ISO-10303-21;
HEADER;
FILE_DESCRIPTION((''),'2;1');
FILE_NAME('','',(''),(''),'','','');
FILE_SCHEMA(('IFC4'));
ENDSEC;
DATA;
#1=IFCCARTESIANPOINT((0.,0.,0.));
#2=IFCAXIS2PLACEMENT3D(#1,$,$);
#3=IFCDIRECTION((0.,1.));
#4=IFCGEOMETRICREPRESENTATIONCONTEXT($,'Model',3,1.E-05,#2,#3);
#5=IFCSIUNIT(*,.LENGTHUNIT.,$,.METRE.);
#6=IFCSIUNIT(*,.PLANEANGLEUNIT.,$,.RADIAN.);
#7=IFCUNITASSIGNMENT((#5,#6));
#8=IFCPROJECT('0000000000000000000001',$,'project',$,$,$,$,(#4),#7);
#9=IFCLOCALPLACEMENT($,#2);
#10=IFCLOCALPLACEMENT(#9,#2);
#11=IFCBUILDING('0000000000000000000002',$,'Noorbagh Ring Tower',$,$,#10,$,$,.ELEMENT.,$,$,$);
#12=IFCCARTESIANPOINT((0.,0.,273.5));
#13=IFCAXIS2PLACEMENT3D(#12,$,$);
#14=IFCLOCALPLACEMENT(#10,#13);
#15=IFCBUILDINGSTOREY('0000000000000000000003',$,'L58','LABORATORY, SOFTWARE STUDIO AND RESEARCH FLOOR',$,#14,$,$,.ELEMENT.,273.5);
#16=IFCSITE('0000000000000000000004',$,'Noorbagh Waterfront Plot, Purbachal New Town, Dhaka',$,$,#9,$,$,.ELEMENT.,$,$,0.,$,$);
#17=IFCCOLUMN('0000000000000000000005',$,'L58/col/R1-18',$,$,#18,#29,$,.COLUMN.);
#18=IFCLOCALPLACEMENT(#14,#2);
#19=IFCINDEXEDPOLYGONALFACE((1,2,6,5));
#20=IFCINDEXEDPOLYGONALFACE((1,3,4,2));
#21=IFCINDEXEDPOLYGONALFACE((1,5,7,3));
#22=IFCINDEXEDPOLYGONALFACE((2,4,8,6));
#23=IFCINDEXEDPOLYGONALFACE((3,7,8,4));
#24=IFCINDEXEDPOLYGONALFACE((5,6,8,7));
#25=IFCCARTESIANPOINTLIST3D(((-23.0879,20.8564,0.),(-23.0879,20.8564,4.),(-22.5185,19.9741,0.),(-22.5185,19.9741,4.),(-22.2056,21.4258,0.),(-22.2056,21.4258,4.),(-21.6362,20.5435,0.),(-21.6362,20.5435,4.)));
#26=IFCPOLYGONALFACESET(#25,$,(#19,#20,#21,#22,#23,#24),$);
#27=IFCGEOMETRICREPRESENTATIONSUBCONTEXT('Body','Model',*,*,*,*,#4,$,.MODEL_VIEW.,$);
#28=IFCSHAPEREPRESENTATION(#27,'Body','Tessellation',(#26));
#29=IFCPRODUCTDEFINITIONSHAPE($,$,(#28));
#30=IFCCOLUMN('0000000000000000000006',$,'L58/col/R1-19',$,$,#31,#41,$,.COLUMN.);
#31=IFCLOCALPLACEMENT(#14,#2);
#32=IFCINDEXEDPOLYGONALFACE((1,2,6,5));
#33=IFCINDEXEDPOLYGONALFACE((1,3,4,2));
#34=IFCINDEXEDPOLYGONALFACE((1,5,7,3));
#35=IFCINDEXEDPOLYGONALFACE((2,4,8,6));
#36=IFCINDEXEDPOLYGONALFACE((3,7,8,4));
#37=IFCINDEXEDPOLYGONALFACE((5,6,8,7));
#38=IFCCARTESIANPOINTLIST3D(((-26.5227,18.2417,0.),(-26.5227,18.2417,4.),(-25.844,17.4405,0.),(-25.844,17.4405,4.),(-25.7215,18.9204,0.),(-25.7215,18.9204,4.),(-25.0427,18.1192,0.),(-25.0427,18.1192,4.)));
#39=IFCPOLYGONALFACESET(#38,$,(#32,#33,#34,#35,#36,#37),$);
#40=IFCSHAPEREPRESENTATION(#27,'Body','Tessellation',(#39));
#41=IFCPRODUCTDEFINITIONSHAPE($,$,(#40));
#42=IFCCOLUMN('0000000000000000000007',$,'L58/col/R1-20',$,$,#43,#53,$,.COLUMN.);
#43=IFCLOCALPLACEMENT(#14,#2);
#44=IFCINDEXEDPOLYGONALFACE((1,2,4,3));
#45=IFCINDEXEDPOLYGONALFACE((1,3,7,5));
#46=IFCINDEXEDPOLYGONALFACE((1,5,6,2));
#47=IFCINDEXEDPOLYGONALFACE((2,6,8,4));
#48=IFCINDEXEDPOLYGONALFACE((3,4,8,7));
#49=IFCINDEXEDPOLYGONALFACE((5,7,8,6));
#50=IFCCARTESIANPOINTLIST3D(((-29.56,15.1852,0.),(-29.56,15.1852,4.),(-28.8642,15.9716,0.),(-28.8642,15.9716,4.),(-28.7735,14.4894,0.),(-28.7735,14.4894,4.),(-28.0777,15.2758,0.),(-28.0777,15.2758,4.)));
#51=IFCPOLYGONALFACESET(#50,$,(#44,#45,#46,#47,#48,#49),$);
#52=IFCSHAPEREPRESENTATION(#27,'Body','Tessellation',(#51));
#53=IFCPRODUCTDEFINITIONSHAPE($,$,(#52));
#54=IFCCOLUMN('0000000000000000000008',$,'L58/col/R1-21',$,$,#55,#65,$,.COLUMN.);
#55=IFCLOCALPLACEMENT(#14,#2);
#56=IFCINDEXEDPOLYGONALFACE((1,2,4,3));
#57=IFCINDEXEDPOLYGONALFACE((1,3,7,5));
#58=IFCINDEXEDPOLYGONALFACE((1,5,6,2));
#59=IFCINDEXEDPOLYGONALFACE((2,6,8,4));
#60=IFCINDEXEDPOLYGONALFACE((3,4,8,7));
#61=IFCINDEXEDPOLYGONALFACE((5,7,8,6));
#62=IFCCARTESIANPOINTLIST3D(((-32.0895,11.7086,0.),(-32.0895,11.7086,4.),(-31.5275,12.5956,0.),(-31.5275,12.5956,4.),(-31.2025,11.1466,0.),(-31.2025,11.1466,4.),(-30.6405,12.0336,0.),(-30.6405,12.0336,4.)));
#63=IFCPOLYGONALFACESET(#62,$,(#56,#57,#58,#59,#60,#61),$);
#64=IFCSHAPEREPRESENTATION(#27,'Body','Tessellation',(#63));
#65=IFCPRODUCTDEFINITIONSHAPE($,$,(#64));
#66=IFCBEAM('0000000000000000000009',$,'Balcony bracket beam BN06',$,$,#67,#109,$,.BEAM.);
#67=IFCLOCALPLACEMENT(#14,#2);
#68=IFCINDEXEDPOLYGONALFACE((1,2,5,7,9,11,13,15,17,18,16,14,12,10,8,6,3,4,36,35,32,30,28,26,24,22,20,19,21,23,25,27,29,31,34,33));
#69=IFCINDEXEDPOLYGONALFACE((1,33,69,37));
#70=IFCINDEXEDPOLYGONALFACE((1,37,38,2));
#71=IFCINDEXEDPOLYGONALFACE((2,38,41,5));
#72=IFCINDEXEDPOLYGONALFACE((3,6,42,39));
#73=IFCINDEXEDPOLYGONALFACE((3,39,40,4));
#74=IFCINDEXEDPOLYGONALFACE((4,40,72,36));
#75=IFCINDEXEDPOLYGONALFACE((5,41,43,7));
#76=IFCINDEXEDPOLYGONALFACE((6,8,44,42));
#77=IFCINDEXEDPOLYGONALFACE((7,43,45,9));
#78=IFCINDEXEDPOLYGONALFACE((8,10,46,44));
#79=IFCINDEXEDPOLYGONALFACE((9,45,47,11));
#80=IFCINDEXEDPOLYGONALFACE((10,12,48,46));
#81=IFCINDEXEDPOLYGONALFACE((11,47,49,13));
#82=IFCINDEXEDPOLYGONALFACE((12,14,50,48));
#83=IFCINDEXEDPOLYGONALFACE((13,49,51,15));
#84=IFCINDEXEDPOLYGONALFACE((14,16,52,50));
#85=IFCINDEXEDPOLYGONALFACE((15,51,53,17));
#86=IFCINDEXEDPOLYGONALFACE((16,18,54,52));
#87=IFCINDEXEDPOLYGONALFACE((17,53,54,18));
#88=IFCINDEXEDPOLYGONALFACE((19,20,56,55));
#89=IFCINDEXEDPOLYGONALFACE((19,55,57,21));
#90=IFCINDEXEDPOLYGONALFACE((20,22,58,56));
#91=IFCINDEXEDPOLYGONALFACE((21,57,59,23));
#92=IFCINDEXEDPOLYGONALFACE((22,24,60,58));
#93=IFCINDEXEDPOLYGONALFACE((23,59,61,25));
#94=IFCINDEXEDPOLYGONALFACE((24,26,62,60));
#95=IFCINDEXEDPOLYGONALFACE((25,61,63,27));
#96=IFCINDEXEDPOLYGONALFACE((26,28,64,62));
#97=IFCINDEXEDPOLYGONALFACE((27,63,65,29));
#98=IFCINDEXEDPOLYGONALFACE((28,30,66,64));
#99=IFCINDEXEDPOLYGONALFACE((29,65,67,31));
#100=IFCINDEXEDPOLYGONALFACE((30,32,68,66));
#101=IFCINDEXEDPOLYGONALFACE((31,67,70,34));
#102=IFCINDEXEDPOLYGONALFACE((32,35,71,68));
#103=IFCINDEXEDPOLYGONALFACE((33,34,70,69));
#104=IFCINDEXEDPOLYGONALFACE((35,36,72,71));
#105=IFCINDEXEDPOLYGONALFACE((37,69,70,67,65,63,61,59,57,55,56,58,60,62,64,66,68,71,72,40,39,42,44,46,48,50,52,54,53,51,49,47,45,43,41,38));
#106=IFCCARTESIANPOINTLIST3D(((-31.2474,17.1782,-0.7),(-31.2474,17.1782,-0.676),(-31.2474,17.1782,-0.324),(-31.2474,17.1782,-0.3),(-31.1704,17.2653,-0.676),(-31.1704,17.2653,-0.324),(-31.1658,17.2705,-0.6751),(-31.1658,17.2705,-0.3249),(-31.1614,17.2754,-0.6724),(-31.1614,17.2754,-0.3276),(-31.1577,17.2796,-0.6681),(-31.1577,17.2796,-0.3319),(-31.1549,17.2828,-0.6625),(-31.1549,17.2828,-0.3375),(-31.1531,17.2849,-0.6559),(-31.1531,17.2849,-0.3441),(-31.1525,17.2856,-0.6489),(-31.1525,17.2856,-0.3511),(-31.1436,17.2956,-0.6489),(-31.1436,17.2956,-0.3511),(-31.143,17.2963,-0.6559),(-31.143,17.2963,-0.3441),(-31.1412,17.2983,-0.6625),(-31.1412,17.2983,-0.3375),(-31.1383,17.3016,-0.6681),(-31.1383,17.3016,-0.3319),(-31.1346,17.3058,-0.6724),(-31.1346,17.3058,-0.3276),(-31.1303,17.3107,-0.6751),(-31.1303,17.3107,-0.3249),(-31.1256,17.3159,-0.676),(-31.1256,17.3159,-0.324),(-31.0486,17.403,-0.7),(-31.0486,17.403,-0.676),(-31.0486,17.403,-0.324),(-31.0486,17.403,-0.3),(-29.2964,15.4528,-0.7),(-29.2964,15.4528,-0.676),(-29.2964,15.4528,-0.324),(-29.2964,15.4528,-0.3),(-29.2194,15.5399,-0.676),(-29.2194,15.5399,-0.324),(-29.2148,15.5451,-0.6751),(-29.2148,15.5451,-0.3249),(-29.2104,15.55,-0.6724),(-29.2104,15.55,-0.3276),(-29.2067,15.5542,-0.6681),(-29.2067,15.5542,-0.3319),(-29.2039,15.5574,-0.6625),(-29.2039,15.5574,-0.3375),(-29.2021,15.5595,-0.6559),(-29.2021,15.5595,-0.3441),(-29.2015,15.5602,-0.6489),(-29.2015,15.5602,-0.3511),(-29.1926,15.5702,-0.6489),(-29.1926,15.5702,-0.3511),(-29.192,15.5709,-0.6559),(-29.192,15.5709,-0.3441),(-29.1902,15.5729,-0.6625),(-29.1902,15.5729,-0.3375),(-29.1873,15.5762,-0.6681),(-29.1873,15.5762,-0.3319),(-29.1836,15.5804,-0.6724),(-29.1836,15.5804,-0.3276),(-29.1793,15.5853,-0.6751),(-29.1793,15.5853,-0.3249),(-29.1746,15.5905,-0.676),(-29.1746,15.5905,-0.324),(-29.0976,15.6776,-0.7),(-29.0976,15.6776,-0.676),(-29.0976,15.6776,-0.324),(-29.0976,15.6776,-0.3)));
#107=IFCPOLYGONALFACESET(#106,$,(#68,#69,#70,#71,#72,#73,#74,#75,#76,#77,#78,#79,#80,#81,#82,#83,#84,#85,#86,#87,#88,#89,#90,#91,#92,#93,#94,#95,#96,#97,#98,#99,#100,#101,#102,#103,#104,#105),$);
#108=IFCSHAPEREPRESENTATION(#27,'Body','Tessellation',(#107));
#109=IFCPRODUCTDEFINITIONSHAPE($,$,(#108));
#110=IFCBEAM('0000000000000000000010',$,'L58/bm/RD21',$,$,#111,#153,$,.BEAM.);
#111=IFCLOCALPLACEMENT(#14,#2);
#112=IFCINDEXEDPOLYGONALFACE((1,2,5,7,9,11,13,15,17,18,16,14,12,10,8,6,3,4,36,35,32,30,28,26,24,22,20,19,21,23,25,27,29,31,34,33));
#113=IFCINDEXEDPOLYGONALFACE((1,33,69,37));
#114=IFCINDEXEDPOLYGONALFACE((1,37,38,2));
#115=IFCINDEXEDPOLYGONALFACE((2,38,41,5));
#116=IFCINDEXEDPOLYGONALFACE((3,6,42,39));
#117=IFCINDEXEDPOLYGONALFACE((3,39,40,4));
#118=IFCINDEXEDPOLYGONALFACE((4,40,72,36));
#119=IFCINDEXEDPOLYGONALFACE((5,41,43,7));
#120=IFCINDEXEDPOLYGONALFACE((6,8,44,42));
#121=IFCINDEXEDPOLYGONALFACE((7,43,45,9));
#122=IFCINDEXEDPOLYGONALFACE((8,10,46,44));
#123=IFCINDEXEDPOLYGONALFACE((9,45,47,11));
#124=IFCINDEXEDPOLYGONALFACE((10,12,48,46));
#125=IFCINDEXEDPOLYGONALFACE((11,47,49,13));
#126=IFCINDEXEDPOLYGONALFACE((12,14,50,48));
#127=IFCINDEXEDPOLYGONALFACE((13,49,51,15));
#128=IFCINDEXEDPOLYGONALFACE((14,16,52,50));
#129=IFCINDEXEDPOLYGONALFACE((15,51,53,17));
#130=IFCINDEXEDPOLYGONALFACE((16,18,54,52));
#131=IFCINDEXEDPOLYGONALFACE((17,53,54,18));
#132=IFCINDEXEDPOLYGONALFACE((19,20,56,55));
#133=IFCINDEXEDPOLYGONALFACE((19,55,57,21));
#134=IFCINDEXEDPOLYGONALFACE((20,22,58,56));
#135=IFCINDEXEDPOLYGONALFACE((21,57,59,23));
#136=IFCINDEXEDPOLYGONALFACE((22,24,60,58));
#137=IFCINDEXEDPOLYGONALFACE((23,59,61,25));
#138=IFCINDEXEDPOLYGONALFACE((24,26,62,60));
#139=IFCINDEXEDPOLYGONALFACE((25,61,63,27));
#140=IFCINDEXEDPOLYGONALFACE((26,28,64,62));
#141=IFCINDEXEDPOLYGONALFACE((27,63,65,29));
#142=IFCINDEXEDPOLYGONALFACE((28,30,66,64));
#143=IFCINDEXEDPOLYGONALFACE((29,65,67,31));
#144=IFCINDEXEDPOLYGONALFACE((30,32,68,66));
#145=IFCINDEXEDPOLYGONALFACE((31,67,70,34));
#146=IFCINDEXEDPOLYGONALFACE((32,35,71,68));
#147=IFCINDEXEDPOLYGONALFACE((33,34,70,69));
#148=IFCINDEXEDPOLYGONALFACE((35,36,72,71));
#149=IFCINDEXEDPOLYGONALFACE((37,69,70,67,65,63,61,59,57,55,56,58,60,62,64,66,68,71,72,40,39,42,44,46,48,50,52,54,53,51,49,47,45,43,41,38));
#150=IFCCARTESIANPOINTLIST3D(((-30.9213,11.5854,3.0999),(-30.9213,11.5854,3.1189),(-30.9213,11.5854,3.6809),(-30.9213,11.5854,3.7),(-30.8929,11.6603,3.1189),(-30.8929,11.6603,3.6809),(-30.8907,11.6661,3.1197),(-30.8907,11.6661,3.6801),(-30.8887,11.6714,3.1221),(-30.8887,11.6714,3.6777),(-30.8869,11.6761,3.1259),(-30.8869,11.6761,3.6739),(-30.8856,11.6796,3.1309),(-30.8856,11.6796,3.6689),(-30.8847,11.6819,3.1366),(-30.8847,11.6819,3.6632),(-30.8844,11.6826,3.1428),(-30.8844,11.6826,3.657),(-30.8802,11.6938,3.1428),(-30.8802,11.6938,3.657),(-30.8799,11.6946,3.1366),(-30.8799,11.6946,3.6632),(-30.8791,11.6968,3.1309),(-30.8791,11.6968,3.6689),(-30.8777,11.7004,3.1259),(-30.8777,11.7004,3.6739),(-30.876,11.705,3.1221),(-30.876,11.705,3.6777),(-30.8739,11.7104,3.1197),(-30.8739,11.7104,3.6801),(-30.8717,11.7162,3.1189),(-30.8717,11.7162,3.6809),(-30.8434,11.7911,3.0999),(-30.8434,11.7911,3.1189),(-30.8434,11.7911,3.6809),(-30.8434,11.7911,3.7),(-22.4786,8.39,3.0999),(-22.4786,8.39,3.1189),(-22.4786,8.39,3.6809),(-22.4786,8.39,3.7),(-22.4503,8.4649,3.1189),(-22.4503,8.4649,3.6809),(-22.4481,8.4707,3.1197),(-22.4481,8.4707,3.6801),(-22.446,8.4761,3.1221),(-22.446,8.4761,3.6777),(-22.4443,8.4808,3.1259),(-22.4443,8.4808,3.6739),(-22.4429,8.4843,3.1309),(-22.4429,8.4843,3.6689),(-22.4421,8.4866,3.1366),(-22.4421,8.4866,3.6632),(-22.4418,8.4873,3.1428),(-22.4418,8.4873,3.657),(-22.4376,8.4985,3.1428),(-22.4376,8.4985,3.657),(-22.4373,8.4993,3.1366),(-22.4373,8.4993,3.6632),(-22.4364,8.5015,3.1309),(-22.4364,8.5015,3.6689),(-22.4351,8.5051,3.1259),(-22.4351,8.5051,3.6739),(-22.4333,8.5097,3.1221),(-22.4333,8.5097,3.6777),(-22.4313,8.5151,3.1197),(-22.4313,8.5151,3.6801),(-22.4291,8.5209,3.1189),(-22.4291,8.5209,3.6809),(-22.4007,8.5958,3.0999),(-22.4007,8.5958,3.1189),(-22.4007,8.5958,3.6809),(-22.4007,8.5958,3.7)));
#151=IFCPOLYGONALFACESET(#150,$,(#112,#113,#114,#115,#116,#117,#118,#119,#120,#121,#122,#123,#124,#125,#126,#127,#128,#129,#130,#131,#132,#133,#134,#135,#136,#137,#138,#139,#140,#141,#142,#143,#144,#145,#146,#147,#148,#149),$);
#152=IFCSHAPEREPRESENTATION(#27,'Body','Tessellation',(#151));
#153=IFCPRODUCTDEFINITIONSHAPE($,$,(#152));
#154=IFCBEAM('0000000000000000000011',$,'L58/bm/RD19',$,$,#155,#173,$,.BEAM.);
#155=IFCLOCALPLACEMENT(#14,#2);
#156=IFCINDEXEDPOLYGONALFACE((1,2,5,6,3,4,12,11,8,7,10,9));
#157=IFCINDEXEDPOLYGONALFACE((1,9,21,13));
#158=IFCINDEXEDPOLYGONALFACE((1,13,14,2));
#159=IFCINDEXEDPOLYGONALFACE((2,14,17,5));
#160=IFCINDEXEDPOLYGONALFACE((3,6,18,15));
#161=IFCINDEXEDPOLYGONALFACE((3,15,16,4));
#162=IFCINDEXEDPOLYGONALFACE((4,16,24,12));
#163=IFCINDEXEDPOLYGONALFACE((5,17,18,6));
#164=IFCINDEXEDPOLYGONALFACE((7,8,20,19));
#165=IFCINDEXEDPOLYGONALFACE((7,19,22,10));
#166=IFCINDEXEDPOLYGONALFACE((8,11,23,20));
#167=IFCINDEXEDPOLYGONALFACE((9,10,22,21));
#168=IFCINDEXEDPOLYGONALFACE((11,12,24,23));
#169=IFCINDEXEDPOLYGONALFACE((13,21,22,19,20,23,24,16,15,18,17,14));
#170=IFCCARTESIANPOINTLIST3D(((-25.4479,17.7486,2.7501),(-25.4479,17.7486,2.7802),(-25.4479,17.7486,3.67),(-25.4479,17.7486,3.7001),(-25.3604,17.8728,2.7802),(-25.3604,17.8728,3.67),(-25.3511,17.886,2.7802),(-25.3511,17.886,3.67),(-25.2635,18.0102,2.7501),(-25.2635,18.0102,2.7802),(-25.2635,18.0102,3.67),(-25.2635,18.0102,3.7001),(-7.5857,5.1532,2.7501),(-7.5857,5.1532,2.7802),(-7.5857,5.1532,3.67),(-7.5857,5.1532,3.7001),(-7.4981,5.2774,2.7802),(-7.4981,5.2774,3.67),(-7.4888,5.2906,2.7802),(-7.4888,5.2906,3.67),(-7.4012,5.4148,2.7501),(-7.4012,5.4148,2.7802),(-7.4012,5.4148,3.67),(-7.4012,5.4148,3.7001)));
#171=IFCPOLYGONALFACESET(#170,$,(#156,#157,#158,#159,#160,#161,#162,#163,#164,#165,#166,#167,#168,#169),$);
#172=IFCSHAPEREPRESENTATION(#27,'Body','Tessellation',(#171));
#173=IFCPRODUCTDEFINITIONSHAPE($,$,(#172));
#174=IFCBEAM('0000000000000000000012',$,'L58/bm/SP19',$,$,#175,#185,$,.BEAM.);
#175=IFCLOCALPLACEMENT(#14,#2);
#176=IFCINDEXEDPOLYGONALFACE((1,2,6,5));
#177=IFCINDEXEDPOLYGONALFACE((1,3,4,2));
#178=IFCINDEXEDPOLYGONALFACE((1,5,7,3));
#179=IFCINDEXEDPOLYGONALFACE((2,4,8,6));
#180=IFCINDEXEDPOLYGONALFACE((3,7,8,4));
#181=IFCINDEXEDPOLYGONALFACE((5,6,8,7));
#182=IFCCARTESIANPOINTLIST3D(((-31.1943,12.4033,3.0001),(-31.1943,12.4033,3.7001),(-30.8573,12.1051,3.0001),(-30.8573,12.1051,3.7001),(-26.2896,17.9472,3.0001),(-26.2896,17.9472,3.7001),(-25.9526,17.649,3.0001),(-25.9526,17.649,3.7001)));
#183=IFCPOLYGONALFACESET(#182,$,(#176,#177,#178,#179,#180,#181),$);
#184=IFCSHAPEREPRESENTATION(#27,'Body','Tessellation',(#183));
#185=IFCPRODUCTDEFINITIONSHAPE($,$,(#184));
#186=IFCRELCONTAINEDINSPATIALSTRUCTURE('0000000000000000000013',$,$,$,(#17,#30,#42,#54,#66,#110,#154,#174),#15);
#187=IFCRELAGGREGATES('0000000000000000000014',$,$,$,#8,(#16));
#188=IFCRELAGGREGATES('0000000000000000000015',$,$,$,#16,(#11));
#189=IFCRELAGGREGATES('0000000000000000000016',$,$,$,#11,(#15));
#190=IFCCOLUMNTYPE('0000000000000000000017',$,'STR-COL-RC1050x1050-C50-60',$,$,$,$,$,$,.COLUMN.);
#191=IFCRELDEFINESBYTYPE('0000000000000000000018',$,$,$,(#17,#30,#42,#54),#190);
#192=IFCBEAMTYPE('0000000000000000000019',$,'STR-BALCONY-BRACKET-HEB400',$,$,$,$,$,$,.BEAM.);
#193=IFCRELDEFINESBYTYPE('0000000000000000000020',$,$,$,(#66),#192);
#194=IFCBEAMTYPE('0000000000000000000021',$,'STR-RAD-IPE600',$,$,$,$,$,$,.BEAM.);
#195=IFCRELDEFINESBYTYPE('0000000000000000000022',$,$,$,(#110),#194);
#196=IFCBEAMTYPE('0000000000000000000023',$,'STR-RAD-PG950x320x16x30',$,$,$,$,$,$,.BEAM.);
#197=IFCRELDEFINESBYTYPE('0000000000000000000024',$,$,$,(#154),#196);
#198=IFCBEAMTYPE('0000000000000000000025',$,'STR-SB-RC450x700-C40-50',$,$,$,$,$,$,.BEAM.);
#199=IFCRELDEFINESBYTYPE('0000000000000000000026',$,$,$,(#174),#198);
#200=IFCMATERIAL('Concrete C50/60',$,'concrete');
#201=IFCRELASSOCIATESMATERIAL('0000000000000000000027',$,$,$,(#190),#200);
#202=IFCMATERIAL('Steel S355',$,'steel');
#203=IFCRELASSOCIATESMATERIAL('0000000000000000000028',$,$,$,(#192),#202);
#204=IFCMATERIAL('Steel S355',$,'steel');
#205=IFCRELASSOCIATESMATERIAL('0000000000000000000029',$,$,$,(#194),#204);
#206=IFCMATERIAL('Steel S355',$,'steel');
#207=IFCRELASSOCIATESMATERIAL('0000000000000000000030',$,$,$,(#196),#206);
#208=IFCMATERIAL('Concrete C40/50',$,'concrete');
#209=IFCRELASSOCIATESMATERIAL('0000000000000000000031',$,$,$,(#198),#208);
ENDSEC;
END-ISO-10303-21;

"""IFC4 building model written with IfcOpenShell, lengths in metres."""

from ifc_helpers import new_model, si_unit, direction, frame, origin, origin_2d, place, context, subcontext, project, spatial, rectangle, i_section, extrude, material, material_profile, profile_set, type_object, element, save


model = new_model("IFC4")

# Units and contexts
model_context = context("Model", 3, precision=1e-05, world=origin(), true_north=direction((0.0, 1.0)))
body_context = subcontext(model_context, "Body", "Model", "MODEL_VIEW")
ifc_project = project(units=[si_unit("LENGTHUNIT", "METRE"), si_unit("PLANEANGLEUNIT", "RADIAN")], contexts=[model_context])

# Site, building, storey
site_placement = place(None, origin())
site = spatial("IfcSite", under=ifc_project, at=site_placement, Name="Noorbagh Waterfront Plot, Purbachal New Town, Dhaka", CompositionType="ELEMENT", RefElevation=0.0)
building_placement = place(site_placement, origin())
building = spatial("IfcBuilding", under=site, at=building_placement, Name="Noorbagh Ring Tower", CompositionType="ELEMENT")
storey_placement = place(building_placement, frame((0.0, 0.0, 273.5)))
storey = spatial("IfcBuildingStorey", under=building, at=storey_placement, Name="L58", Description="LABORATORY, SOFTWARE STUDIO AND RESEARCH FLOOR", CompositionType="ELEMENT", Elevation=273.5)

# Columns
ifc_material_1 = material(Name="Concrete C50/60", Category="concrete")
ifc_material_profile_1 = material_profile(ifc_material_1, rectangle(XDim=1.05, YDim=1.05, at=origin_2d()), Name="RC1050x1050")
ifc_profile_set_1 = profile_set([ifc_material_profile_1], Name="Concrete C50/60")
column_type = type_object("IfcColumnType", Name="STR-COL-RC1050x1050-C50-60", PredefinedType="COLUMN", material=ifc_profile_set_1)
for number, where, z_axis, x_axis, name in (
    (1, (-22.3621, 20.7, 0.0), (0.0, 0.0, 1.0), (-0.840248, -0.542203, 0.0), "L58/col/R1-18"),
    (2, (-25.7827, 18.1804, 0.0), (0.0, 0.0, 1.0), (-0.763035, -0.646357, 0.0), "L58/col/R1-19"),
    (3, (-28.8188, 15.2305, 0.0), (0.0, 0.0, 1.0), (-0.662636, -0.748942, 0.0), "L58/col/R1-20"),
    (4, (-31.365, 11.8711, 0.0), (0.0, 0.0, 1.0), (-0.53519, -0.844731, 0.0), "L58/col/R1-21"),
):
    element("IfcColumn", number, at=place(storey_placement, frame(where, z_axis=z_axis, x_axis=x_axis)), inside=storey, type_object=column_type, Name=name, PredefinedType="COLUMN", context=body_context, shape_type="SweptSolid", body=[
        extrude(rectangle(XDim=1.05, YDim=1.05, at=origin_2d()), origin(), (0.0, 0.0, 1.0), 4.0),
    ])

# Beams
ifc_material_2 = material(Name="Steel S355", Category="steel")
ifc_material_profile_2 = material_profile(ifc_material_2, i_section(OverallWidth=0.3, OverallDepth=0.3999, WebThickness=0.0134, FlangeThickness=0.0239, FilletRadius=0.0271, at=origin_2d()), Name="HEB400")
ifc_profile_set_2 = profile_set([ifc_material_profile_2], Name="Steel S355")
beam_type_1 = type_object("IfcBeamType", Name="STR-BALCONY-BRACKET-HEB400", PredefinedType="BEAM", material=ifc_profile_set_2)
beam_1_placement = place(storey_placement, frame((-29.197, 15.5652, -0.5), z_axis=(-0.749088, 0.662471, 0.0), x_axis=(-0.662471, -0.749088, 0.0)))
element("IfcBeam", 5, at=beam_1_placement, inside=storey, type_object=beam_type_1, Name="Balcony bracket beam BN06", PredefinedType="BEAM", context=body_context, shape_type="SweptSolid", body=[
    extrude(i_section(OverallWidth=0.3, OverallDepth=0.3999, WebThickness=0.0134, FlangeThickness=0.0239, FilletRadius=0.0271, at=origin_2d()), origin(), (0.0, 0.0, 1.0), 2.6045),
])
ifc_material_3 = material(Name="Steel S355", Category="steel")
ifc_material_profile_3 = material_profile(ifc_material_3, i_section(OverallWidth=0.22, OverallDepth=0.6001, WebThickness=0.012, FlangeThickness=0.019, FilletRadius=0.0239, at=origin_2d()), Name="IPE600")
ifc_profile_set_3 = profile_set([ifc_material_profile_3], Name="Steel S355")
beam_type_2 = type_object("IfcBeamType", Name="STR-RAD-IPE600", PredefinedType="BEAM", material=ifc_profile_set_3)
beam_2_placement = place(storey_placement, frame((-30.8823, 11.6882, 3.3999), z_axis=(0.935257, -0.35397, 0.0), x_axis=(0.35397, 0.935257, 0.0)))
element("IfcBeam", 6, at=beam_2_placement, inside=storey, type_object=beam_type_2, Name="L58/bm/RD21", PredefinedType="BEAM", context=body_context, shape_type="SweptSolid", body=[
    extrude(i_section(OverallWidth=0.22, OverallDepth=0.6001, WebThickness=0.012, FlangeThickness=0.019, FilletRadius=0.0239, at=origin_2d()), origin(), (0.0, 0.0, 1.0), 9.0271),
])
ifc_material_4 = material(Name="Steel S355", Category="steel")
ifc_material_profile_4 = material_profile(ifc_material_4, i_section(OverallWidth=0.3201, OverallDepth=0.95, WebThickness=0.0161, FlangeThickness=0.03, at=origin_2d()), Name="PG950x320x16x30")
ifc_profile_set_4 = profile_set([ifc_material_profile_4], Name="Steel S355")
beam_type_3 = type_object("IfcBeamType", Name="STR-RAD-PG950x320x16x30", PredefinedType="BEAM", material=ifc_profile_set_4)
beam_3_placement = place(storey_placement, frame((-25.3557, 17.8794, 3.2251), z_axis=(0.817253, -0.576279, 0.0), x_axis=(0.576279, 0.817253, 0.0)))
element("IfcBeam", 7, at=beam_3_placement, inside=storey, type_object=beam_type_3, Name="L58/bm/RD19", PredefinedType="BEAM", context=body_context, shape_type="SweptSolid", body=[
    extrude(i_section(OverallWidth=0.3201, OverallDepth=0.95, WebThickness=0.0161, FlangeThickness=0.03, at=origin_2d()), origin(), (0.0, 0.0, 1.0), 21.8564),
])
ifc_material_5 = material(Name="Concrete C40/50", Category="concrete")
ifc_material_profile_5 = material_profile(ifc_material_5, rectangle(XDim=0.45, YDim=0.7, at=origin_2d()), Name="RC450x700")
ifc_profile_set_5 = profile_set([ifc_material_profile_5], Name="Concrete C40/50")
beam_type_4 = type_object("IfcBeamType", Name="STR-SB-RC450x700-C40-50", PredefinedType="BEAM", material=ifc_profile_set_5)
beam_4_placement = place(storey_placement, frame((-26.1211, 17.7981, 3.3501), z_axis=(-0.662614, -0.748961, 0.0), x_axis=(0.748961, -0.662614, 0.0)))
element("IfcBeam", 8, at=beam_4_placement, inside=storey, type_object=beam_type_4, Name="L58/bm/SP19", PredefinedType="BEAM", context=body_context, shape_type="SweptSolid", body=[
    extrude(rectangle(XDim=0.45, YDim=0.7, at=origin_2d()), origin(), (0.0, 0.0, 1.0), 7.4021),
])

save(model, "model.ifc")
